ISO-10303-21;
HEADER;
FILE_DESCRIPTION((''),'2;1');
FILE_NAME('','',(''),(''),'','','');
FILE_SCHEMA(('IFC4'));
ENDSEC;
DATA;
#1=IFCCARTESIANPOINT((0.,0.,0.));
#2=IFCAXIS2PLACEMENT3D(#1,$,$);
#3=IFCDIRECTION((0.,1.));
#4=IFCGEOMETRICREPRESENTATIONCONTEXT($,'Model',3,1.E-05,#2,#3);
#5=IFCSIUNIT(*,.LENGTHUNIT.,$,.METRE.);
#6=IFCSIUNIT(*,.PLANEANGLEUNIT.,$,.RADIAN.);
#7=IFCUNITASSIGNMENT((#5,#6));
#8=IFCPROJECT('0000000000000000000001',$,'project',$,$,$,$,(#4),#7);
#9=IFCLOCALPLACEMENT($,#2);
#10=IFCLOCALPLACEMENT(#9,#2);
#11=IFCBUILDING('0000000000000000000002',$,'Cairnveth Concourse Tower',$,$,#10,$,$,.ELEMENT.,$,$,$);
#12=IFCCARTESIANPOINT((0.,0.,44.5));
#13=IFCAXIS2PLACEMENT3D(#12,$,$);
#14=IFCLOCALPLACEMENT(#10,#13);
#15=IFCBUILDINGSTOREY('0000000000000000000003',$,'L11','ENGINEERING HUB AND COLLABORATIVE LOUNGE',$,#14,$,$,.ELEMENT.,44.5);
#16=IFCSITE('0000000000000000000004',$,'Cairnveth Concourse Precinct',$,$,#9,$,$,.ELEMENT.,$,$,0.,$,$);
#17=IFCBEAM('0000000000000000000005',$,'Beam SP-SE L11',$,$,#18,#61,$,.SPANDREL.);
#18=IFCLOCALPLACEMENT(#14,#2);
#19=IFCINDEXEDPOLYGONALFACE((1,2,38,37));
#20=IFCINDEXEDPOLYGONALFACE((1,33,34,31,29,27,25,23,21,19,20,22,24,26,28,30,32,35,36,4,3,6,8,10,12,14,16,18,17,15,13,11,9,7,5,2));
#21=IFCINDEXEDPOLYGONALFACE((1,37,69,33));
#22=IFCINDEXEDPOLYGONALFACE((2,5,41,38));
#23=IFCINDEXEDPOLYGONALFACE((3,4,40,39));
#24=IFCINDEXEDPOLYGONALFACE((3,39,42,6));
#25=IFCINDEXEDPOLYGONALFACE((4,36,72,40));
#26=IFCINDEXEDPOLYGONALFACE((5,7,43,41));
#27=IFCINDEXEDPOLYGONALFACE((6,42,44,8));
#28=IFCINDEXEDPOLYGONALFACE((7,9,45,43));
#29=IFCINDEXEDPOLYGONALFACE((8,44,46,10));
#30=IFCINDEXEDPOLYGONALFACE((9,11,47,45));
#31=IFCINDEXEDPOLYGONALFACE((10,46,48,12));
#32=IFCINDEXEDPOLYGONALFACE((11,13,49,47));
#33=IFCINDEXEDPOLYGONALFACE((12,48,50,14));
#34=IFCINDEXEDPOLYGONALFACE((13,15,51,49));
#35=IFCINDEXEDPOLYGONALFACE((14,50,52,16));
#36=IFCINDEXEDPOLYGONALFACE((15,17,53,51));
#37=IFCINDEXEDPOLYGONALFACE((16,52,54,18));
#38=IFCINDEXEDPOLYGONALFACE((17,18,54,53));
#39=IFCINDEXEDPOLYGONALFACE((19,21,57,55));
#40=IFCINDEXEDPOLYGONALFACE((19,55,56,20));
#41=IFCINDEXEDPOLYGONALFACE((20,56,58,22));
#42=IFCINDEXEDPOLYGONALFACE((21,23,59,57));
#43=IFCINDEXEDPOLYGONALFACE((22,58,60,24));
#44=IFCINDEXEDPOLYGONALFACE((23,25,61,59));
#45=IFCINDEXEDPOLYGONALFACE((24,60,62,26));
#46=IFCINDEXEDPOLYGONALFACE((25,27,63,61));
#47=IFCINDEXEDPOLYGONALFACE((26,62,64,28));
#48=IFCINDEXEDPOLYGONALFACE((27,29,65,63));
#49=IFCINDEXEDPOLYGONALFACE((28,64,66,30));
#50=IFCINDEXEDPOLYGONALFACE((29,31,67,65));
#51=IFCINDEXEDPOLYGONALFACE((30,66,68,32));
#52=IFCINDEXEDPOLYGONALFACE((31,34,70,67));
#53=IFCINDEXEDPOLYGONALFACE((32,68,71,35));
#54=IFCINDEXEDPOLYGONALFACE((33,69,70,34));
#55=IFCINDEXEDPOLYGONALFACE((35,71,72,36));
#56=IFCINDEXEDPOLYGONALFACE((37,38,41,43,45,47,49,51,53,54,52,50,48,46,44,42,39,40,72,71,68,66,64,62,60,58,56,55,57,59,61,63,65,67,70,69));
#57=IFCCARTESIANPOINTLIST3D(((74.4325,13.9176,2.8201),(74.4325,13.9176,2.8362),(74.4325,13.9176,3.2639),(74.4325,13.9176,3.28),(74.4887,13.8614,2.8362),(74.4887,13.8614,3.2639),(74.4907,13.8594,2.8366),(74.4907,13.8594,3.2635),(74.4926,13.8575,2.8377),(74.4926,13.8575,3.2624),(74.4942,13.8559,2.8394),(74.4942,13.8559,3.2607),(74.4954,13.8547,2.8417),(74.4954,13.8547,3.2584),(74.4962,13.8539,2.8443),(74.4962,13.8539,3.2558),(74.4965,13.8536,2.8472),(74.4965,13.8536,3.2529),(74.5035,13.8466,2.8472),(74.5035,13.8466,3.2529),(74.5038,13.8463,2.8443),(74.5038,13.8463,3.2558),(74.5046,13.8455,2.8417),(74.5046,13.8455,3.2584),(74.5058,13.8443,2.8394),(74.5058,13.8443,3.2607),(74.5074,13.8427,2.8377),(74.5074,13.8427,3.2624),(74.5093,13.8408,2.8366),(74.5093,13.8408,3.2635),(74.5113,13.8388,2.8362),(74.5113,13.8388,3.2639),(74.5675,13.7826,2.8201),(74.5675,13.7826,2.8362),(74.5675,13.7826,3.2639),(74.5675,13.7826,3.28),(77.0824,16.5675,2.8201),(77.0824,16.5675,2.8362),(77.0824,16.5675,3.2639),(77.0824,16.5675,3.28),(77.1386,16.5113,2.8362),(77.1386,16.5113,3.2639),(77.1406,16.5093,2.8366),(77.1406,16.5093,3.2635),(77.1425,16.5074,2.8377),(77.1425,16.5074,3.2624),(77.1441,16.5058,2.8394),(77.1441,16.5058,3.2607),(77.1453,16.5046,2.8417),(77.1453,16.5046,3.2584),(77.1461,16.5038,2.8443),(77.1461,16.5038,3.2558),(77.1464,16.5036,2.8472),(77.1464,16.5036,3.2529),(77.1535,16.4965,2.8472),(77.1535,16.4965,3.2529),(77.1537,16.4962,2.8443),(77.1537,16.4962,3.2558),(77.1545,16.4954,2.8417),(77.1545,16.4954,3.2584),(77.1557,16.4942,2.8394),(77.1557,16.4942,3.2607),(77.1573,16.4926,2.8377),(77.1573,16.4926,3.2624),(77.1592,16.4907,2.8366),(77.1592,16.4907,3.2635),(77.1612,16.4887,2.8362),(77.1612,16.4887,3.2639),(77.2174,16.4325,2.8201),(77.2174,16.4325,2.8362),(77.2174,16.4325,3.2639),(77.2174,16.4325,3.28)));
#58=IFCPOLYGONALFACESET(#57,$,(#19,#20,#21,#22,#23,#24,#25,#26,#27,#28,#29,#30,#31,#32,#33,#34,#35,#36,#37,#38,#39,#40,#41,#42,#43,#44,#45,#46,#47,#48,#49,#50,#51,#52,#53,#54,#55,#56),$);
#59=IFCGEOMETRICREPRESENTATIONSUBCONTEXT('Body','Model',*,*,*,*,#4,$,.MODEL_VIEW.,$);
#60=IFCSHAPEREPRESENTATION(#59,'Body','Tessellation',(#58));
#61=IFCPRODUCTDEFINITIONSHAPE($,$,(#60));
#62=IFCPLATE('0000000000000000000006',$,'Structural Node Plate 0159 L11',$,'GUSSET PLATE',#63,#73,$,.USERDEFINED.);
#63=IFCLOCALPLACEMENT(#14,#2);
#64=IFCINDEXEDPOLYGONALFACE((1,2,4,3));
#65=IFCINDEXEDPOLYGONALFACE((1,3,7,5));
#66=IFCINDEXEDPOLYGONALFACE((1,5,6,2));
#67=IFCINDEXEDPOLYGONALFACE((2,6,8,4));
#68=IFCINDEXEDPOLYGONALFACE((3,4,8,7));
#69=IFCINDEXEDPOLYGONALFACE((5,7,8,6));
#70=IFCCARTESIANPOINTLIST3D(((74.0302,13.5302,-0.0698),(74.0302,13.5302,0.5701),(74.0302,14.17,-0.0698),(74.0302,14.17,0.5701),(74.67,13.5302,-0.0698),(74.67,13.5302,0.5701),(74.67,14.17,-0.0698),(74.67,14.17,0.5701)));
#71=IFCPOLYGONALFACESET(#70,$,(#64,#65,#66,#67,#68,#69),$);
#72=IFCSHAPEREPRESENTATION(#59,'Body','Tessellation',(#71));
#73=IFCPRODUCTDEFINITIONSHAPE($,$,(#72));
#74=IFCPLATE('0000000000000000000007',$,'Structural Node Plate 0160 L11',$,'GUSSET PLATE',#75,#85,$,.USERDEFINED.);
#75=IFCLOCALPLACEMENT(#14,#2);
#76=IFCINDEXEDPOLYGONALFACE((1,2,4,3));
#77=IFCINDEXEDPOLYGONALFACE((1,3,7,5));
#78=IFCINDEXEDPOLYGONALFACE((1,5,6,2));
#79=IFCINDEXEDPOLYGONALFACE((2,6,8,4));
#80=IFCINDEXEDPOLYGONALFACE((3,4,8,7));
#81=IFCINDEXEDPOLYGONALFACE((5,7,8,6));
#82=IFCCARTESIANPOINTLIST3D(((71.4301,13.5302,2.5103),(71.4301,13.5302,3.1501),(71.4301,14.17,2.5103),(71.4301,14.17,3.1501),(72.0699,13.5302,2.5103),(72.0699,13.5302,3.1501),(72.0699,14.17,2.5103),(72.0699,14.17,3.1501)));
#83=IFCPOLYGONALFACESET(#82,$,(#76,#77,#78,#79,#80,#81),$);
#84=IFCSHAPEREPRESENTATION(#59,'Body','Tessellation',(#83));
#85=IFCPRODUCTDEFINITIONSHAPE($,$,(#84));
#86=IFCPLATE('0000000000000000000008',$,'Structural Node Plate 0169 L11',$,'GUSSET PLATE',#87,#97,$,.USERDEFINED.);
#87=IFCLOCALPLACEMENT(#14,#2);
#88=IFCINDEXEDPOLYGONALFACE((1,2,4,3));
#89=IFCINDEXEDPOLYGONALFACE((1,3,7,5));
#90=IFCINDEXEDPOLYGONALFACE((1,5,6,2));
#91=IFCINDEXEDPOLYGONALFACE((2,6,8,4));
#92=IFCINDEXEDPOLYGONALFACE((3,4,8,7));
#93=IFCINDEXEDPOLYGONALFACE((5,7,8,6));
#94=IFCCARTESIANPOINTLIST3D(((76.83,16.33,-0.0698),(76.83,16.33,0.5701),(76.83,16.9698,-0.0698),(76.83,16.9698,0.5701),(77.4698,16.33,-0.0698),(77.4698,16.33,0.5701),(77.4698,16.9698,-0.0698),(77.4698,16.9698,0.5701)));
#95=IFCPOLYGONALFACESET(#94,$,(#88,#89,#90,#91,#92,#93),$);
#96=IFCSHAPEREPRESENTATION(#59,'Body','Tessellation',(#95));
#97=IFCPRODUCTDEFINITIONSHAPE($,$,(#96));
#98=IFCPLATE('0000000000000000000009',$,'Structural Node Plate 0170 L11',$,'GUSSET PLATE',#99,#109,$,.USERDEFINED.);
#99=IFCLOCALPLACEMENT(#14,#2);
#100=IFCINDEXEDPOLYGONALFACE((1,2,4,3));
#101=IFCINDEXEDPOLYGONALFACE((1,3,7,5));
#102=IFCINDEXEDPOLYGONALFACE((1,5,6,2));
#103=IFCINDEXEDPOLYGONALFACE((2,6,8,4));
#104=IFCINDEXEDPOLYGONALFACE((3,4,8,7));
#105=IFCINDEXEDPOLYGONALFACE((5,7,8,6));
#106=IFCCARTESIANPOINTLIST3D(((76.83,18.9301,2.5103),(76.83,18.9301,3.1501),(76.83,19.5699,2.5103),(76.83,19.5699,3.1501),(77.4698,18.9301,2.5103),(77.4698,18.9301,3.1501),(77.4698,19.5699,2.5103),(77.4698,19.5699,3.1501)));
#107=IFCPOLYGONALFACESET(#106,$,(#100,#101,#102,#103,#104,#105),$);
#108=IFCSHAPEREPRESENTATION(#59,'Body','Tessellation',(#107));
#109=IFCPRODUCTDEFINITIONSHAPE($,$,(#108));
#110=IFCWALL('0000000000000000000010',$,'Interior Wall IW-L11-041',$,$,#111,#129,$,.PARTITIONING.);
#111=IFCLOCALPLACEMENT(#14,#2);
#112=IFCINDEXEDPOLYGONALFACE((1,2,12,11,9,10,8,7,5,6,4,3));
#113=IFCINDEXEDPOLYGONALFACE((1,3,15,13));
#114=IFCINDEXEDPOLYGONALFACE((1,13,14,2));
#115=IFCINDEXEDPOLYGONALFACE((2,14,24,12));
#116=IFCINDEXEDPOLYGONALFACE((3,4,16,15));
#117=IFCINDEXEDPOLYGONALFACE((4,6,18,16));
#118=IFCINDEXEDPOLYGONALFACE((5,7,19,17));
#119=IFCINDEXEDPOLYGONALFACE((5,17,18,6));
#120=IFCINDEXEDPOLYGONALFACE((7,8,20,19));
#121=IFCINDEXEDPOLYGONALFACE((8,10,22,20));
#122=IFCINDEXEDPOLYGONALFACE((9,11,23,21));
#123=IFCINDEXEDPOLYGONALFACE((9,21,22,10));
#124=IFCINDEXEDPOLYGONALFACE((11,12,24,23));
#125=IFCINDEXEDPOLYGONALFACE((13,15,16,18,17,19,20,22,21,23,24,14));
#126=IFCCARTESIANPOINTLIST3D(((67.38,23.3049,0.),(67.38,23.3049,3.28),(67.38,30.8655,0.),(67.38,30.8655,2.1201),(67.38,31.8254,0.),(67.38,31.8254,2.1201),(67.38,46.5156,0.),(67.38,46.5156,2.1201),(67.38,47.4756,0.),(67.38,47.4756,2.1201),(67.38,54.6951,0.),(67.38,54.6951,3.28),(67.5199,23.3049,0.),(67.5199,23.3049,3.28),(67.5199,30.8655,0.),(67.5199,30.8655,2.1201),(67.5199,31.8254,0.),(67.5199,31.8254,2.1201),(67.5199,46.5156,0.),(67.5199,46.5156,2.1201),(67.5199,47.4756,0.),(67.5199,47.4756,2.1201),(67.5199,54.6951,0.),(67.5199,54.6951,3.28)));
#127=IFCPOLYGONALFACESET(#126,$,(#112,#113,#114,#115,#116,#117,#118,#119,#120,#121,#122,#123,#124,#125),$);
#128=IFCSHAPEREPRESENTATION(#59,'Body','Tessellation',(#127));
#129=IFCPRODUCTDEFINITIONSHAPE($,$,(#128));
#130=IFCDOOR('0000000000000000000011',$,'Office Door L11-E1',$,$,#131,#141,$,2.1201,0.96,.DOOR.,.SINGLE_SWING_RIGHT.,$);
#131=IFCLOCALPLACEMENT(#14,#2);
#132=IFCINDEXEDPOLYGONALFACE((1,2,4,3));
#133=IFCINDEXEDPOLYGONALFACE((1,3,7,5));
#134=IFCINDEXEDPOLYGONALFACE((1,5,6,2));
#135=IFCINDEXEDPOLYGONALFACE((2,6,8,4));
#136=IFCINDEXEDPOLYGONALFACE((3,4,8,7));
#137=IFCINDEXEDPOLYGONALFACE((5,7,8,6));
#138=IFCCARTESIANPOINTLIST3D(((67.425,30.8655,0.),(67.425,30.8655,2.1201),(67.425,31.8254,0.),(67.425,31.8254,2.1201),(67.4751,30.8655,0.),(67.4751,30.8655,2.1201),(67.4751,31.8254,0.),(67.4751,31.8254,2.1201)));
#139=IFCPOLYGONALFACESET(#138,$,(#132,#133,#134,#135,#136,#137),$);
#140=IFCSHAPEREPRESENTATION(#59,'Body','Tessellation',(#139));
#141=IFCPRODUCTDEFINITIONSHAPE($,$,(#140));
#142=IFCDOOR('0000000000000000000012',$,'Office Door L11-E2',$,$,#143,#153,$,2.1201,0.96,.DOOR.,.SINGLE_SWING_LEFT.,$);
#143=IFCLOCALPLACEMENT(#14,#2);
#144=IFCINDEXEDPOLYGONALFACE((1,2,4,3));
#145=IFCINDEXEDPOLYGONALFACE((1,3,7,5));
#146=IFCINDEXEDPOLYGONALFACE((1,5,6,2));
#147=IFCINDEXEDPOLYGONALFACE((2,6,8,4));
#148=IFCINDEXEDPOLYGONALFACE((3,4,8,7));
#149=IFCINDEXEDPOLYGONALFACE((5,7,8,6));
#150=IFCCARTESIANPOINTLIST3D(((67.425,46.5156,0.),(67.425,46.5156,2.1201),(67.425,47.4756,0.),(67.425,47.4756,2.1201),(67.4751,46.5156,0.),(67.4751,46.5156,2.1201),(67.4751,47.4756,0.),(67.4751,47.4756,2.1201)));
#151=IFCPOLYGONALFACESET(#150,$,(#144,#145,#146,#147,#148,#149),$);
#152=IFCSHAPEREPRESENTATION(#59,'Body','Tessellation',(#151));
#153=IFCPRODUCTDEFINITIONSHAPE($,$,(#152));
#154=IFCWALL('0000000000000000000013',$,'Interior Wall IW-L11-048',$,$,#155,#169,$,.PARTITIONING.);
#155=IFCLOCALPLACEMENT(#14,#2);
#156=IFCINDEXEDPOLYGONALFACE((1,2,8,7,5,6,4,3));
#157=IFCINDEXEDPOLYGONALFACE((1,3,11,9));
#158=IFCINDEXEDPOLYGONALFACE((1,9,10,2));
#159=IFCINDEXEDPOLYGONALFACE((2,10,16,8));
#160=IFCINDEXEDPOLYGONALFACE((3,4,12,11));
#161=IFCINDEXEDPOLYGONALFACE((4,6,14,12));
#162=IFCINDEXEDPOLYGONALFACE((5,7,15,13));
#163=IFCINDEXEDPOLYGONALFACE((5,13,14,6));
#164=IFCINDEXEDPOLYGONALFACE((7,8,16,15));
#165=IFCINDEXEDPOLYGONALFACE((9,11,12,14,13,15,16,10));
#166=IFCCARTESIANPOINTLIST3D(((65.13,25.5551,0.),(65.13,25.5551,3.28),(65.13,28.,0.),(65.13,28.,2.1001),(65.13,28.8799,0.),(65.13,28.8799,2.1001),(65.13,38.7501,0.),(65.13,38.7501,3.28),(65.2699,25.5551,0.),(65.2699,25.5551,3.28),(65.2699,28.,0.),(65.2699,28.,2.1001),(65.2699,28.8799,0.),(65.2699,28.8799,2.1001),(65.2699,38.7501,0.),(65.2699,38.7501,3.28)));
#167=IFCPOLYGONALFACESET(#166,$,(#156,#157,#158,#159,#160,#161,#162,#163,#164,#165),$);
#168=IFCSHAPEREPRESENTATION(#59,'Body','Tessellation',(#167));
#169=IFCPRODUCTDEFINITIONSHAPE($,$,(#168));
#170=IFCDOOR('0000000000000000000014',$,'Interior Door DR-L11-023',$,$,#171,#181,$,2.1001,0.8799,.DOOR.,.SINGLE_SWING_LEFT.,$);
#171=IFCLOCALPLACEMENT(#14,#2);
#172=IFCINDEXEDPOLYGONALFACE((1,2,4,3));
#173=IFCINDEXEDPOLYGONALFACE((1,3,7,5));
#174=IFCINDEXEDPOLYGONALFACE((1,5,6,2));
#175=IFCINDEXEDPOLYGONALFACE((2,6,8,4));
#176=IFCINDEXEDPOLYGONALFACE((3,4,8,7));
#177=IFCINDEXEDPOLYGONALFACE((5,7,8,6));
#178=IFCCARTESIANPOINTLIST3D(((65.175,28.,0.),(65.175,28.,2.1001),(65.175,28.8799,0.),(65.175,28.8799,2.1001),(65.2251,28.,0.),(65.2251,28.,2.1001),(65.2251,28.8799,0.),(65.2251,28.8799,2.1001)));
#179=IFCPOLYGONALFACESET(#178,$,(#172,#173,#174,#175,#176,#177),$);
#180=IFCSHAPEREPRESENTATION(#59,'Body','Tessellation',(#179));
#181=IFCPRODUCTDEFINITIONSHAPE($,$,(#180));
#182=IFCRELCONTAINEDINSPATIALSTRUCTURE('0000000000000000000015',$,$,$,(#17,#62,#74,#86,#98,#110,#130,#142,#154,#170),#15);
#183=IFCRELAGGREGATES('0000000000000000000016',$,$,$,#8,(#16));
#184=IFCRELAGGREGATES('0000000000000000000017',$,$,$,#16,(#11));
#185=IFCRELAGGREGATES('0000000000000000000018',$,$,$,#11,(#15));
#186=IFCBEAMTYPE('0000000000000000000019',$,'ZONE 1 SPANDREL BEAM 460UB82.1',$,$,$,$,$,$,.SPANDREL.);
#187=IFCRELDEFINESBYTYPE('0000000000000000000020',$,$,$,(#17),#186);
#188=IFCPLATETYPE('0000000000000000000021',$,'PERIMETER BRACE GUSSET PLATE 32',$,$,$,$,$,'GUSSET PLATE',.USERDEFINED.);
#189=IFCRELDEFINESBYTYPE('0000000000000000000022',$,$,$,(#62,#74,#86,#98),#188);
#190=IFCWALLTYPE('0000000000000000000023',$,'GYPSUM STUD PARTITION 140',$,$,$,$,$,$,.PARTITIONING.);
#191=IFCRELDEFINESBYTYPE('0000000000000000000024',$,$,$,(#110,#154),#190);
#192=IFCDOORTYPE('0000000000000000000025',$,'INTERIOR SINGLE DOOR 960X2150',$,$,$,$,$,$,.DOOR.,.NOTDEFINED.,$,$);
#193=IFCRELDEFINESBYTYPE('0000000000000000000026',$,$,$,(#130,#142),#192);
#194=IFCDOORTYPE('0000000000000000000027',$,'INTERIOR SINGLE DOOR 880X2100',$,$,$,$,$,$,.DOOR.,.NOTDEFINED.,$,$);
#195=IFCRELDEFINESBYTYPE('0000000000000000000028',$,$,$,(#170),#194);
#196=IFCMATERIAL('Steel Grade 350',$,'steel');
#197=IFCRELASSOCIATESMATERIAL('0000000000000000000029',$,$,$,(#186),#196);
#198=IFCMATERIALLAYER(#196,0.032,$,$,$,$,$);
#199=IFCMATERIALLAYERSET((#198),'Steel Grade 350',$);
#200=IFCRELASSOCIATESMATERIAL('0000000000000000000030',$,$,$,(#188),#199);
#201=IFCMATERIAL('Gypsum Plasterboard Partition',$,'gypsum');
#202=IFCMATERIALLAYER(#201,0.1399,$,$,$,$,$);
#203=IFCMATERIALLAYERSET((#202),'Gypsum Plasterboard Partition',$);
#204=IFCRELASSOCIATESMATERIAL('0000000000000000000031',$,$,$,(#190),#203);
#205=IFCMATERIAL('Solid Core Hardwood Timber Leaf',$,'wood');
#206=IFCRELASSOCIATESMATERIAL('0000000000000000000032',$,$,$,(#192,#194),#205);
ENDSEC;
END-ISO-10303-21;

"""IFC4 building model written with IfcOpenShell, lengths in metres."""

from ifc_helpers import new_model, si_unit, direction, frame, frame_2d, origin, origin_2d, place, context, subcontext, project, spatial, rectangle, i_section, extrude, material, layer, layer_set, material_profile, profile_set, type_object, element, fill, save


model = new_model("IFC4")

# Units and contexts
model_context = context("Model", 3, precision=1e-05, world=origin(), true_north=direction((0.0, 1.0)))
body_context = subcontext(model_context, "Body", "Model", "MODEL_VIEW")
ifc_project = project(units=[si_unit("LENGTHUNIT", "METRE"), si_unit("PLANEANGLEUNIT", "RADIAN")], contexts=[model_context])

# Site, building, storey
site_placement = place(None, origin())
site = spatial("IfcSite", under=ifc_project, at=site_placement, Name="Cairnveth Concourse Precinct", CompositionType="ELEMENT", RefElevation=0.0)
building_placement = place(site_placement, origin())
building = spatial("IfcBuilding", under=site, at=building_placement, Name="Cairnveth Concourse Tower", CompositionType="ELEMENT")
storey_placement = place(building_placement, frame((0.0, 0.0, 44.5)))
storey = spatial("IfcBuildingStorey", under=building, at=storey_placement, Name="L11", Description="ENGINEERING HUB AND COLLABORATIVE LOUNGE", CompositionType="ELEMENT", Elevation=44.5)

# Shared definitions
ifc_material_1 = material(Name="Steel Grade 350", Category="steel")

# Beam
ifc_material_profile_1 = material_profile(ifc_material_1, i_section(OverallWidth=0.1909, OverallDepth=0.46, WebThickness=0.01, FlangeThickness=0.0161, FilletRadius=0.011, at=origin_2d()), Name="460UB82.1")
ifc_profile_set_1 = profile_set([ifc_material_profile_1], Name="Steel Grade 350")
beam_type_1 = type_object("IfcBeamType", Name="ZONE 1 SPANDREL BEAM 460UB82.1", PredefinedType="SPANDREL", material=ifc_profile_set_1)
beam_1_placement = place(storey_placement, frame((74.5, 13.8501, 3.05), z_axis=(0.707107, 0.707107, 0.0), x_axis=(-0.707107, 0.707107, 0.0)))
element("IfcBeam", 1, at=beam_1_placement, inside=storey, type_object=beam_type_1, Name="Beam SP-SE L11", PredefinedType="SPANDREL", context=body_context, shape_type="SweptSolid", body=[
    extrude(i_section(OverallWidth=0.1909, OverallDepth=0.46, WebThickness=0.01, FlangeThickness=0.0161, FilletRadius=0.011, at=origin_2d()), origin(), (0.0, 0.0, 1.0), 3.7476),
])

# Plates
ifc_layer_1 = layer(ifc_material_1, 0.032)
ifc_layer_set_1 = layer_set([ifc_layer_1], Name="Steel Grade 350")
plate_type = type_object("IfcPlateType", Name="PERIMETER BRACE GUSSET PLATE 32", ElementType="GUSSET PLATE", PredefinedType="USERDEFINED", material=ifc_layer_set_1)
for number, where, z_axis, x_axis, name in (
    (2, (74.3501, 13.8501, -0.0698), (0.0, 0.0, 1.0), (1.0, 0.0, 0.0), "Structural Node Plate 0159 L11"),
    (3, (71.75, 13.8501, 2.5103), (0.0, 0.0, 1.0), (1.0, 0.0, 0.0), "Structural Node Plate 0160 L11"),
    (4, (77.1499, 16.6499, -0.0698), (0.0, 0.0, 1.0), (1.0, 0.0, 0.0), "Structural Node Plate 0169 L11"),
    (5, (77.1499, 19.25, 2.5103), (0.0, 0.0, 1.0), (1.0, 0.0, 0.0), "Structural Node Plate 0170 L11"),
):
    element("IfcPlate", number, at=place(storey_placement, frame(where, z_axis=z_axis, x_axis=x_axis)), inside=storey, type_object=plate_type, Name=name, ObjectType="GUSSET PLATE", PredefinedType="USERDEFINED", context=body_context, shape_type="SweptSolid", body=[
        extrude(rectangle(XDim=0.6399, YDim=0.6399, at=origin_2d()), origin(), (0.0, 0.0, 1.0), 0.6399),
    ])

# Wall, openings, doors
ifc_material_2 = material(Name="Gypsum Plasterboard Partition", Category="gypsum")
ifc_layer_2 = layer(ifc_material_2, 0.1399)
ifc_layer_set_2 = layer_set([ifc_layer_2], Name="Gypsum Plasterboard Partition")
wall_type_1 = type_object("IfcWallType", Name="GYPSUM STUD PARTITION 140", PredefinedType="PARTITIONING", material=ifc_layer_set_2)
wall_1_placement = place(storey_placement, frame((67.45, 23.3049, 0.0), z_axis=(0.0, 0.0, 1.0), x_axis=(0.0, 1.0, 0.0)))
wall_1 = element("IfcWall", 6, at=wall_1_placement, inside=storey, type_object=wall_type_1, Name="Interior Wall IW-L11-041", PredefinedType="PARTITIONING", context=body_context, shape_type="SweptSolid", body=[
    extrude(rectangle(XDim=31.3901, YDim=0.1399, at=frame_2d((15.6951, 0.0))), origin(), (0.0, 0.0, 1.0), 3.28),
])
opening_1_placement = place(wall_1_placement, frame((7.5605, 0.0, 0.0)))
opening_1 = element("IfcOpeningElement", 7, at=opening_1_placement, cuts=wall_1, PredefinedType="OPENING", context=body_context, shape_type="SweptSolid", body=[
    extrude(rectangle(XDim=0.96, YDim=2.1201, at=frame_2d((0.48, 1.0601))), frame((0.0, 0.0798, 0.0), z_axis=(0.0, -1.0, 0.0), x_axis=(1.0, 0.0, 0.0)), (0.0, 0.0, 1.0), 0.1599),
])
opening_2_placement = place(wall_1_placement, frame((23.2107, 0.0, 0.0)))
opening_2 = element("IfcOpeningElement", 8, at=opening_2_placement, cuts=wall_1, PredefinedType="OPENING", context=body_context, shape_type="SweptSolid", body=[
    extrude(rectangle(XDim=0.96, YDim=2.1201, at=frame_2d((0.48, 1.0601))), frame((0.0, 0.0798, 0.0), z_axis=(0.0, -1.0, 0.0), x_axis=(1.0, 0.0, 0.0)), (0.0, 0.0, 1.0), 0.1599),
])
ifc_material_3 = material(Name="Solid Core Hardwood Timber Leaf", Category="wood")
door_type_1 = type_object("IfcDoorType", Name="INTERIOR SINGLE DOOR 960X2150", OperationType="NOTDEFINED", PredefinedType="DOOR", material=ifc_material_3)
door_1_placement = place(opening_1_placement, origin())
door_1 = element("IfcDoor", 9, at=door_1_placement, inside=storey, type_object=door_type_1, Name="Office Door L11-E1", OperationType="SINGLE_SWING_RIGHT", OverallHeight=2.1201, OverallWidth=0.96, PredefinedType="DOOR", context=body_context, shape_type="SweptSolid", body=[
    extrude(rectangle(XDim=0.96, YDim=2.1201, at=frame_2d((0.48, 1.0601))), frame((0.0, 0.0249, 0.0), z_axis=(0.0, -1.0, 0.0), x_axis=(1.0, 0.0, 0.0)), (0.0, 0.0, 1.0), 0.05),
])
fill(opening_1, door_1)
door_2_placement = place(opening_2_placement, origin())
door_2 = element("IfcDoor", 10, at=door_2_placement, inside=storey, type_object=door_type_1, Name="Office Door L11-E2", OperationType="SINGLE_SWING_LEFT", OverallHeight=2.1201, OverallWidth=0.96, PredefinedType="DOOR", context=body_context, shape_type="SweptSolid", body=[
    extrude(rectangle(XDim=0.96, YDim=2.1201, at=frame_2d((0.48, 1.0601))), frame((0.0, 0.0249, 0.0), z_axis=(0.0, -1.0, 0.0), x_axis=(1.0, 0.0, 0.0)), (0.0, 0.0, 1.0), 0.05),
])
fill(opening_2, door_2)

# Wall, opening, door
wall_2_placement = place(storey_placement, frame((65.2, 25.5549, 0.0), z_axis=(0.0, 0.0, 1.0), x_axis=(0.0, 1.0, 0.0)))
wall_2 = element("IfcWall", 11, at=wall_2_placement, inside=storey, type_object=wall_type_1, Name="Interior Wall IW-L11-048", PredefinedType="PARTITIONING", context=body_context, shape_type="SweptSolid", body=[
    extrude(rectangle(XDim=13.1951, YDim=0.1399, at=frame_2d((6.5977, 0.0))), origin(), (0.0, 0.0, 1.0), 3.28),
])
opening_3_placement = place(wall_2_placement, frame((2.4451, 0.0, 0.0)))
opening_3 = element("IfcOpeningElement", 12, at=opening_3_placement, cuts=wall_2, PredefinedType="OPENING", context=body_context, shape_type="SweptSolid", body=[
    extrude(rectangle(XDim=0.8799, YDim=2.1001, at=frame_2d((0.4399, 1.05))), frame((0.0, 0.0798, 0.0), z_axis=(0.0, -1.0, 0.0), x_axis=(1.0, 0.0, 0.0)), (0.0, 0.0, 1.0), 0.1599),
])
door_type_2 = type_object("IfcDoorType", Name="INTERIOR SINGLE DOOR 880X2100", OperationType="NOTDEFINED", PredefinedType="DOOR", material=ifc_material_3)
door_3_placement = place(opening_3_placement, origin())
door_3 = element("IfcDoor", 13, at=door_3_placement, inside=storey, type_object=door_type_2, Name="Interior Door DR-L11-023", OperationType="SINGLE_SWING_LEFT", OverallHeight=2.1001, OverallWidth=0.8799, PredefinedType="DOOR", context=body_context, shape_type="SweptSolid", body=[
    extrude(rectangle(XDim=0.8799, YDim=2.1001, at=frame_2d((0.4399, 1.05))), frame((0.0, 0.0249, 0.0), z_axis=(0.0, -1.0, 0.0), x_axis=(1.0, 0.0, 0.0)), (0.0, 0.0, 1.0), 0.05),
])
fill(opening_3, door_3)

save(model, "model.ifc")
